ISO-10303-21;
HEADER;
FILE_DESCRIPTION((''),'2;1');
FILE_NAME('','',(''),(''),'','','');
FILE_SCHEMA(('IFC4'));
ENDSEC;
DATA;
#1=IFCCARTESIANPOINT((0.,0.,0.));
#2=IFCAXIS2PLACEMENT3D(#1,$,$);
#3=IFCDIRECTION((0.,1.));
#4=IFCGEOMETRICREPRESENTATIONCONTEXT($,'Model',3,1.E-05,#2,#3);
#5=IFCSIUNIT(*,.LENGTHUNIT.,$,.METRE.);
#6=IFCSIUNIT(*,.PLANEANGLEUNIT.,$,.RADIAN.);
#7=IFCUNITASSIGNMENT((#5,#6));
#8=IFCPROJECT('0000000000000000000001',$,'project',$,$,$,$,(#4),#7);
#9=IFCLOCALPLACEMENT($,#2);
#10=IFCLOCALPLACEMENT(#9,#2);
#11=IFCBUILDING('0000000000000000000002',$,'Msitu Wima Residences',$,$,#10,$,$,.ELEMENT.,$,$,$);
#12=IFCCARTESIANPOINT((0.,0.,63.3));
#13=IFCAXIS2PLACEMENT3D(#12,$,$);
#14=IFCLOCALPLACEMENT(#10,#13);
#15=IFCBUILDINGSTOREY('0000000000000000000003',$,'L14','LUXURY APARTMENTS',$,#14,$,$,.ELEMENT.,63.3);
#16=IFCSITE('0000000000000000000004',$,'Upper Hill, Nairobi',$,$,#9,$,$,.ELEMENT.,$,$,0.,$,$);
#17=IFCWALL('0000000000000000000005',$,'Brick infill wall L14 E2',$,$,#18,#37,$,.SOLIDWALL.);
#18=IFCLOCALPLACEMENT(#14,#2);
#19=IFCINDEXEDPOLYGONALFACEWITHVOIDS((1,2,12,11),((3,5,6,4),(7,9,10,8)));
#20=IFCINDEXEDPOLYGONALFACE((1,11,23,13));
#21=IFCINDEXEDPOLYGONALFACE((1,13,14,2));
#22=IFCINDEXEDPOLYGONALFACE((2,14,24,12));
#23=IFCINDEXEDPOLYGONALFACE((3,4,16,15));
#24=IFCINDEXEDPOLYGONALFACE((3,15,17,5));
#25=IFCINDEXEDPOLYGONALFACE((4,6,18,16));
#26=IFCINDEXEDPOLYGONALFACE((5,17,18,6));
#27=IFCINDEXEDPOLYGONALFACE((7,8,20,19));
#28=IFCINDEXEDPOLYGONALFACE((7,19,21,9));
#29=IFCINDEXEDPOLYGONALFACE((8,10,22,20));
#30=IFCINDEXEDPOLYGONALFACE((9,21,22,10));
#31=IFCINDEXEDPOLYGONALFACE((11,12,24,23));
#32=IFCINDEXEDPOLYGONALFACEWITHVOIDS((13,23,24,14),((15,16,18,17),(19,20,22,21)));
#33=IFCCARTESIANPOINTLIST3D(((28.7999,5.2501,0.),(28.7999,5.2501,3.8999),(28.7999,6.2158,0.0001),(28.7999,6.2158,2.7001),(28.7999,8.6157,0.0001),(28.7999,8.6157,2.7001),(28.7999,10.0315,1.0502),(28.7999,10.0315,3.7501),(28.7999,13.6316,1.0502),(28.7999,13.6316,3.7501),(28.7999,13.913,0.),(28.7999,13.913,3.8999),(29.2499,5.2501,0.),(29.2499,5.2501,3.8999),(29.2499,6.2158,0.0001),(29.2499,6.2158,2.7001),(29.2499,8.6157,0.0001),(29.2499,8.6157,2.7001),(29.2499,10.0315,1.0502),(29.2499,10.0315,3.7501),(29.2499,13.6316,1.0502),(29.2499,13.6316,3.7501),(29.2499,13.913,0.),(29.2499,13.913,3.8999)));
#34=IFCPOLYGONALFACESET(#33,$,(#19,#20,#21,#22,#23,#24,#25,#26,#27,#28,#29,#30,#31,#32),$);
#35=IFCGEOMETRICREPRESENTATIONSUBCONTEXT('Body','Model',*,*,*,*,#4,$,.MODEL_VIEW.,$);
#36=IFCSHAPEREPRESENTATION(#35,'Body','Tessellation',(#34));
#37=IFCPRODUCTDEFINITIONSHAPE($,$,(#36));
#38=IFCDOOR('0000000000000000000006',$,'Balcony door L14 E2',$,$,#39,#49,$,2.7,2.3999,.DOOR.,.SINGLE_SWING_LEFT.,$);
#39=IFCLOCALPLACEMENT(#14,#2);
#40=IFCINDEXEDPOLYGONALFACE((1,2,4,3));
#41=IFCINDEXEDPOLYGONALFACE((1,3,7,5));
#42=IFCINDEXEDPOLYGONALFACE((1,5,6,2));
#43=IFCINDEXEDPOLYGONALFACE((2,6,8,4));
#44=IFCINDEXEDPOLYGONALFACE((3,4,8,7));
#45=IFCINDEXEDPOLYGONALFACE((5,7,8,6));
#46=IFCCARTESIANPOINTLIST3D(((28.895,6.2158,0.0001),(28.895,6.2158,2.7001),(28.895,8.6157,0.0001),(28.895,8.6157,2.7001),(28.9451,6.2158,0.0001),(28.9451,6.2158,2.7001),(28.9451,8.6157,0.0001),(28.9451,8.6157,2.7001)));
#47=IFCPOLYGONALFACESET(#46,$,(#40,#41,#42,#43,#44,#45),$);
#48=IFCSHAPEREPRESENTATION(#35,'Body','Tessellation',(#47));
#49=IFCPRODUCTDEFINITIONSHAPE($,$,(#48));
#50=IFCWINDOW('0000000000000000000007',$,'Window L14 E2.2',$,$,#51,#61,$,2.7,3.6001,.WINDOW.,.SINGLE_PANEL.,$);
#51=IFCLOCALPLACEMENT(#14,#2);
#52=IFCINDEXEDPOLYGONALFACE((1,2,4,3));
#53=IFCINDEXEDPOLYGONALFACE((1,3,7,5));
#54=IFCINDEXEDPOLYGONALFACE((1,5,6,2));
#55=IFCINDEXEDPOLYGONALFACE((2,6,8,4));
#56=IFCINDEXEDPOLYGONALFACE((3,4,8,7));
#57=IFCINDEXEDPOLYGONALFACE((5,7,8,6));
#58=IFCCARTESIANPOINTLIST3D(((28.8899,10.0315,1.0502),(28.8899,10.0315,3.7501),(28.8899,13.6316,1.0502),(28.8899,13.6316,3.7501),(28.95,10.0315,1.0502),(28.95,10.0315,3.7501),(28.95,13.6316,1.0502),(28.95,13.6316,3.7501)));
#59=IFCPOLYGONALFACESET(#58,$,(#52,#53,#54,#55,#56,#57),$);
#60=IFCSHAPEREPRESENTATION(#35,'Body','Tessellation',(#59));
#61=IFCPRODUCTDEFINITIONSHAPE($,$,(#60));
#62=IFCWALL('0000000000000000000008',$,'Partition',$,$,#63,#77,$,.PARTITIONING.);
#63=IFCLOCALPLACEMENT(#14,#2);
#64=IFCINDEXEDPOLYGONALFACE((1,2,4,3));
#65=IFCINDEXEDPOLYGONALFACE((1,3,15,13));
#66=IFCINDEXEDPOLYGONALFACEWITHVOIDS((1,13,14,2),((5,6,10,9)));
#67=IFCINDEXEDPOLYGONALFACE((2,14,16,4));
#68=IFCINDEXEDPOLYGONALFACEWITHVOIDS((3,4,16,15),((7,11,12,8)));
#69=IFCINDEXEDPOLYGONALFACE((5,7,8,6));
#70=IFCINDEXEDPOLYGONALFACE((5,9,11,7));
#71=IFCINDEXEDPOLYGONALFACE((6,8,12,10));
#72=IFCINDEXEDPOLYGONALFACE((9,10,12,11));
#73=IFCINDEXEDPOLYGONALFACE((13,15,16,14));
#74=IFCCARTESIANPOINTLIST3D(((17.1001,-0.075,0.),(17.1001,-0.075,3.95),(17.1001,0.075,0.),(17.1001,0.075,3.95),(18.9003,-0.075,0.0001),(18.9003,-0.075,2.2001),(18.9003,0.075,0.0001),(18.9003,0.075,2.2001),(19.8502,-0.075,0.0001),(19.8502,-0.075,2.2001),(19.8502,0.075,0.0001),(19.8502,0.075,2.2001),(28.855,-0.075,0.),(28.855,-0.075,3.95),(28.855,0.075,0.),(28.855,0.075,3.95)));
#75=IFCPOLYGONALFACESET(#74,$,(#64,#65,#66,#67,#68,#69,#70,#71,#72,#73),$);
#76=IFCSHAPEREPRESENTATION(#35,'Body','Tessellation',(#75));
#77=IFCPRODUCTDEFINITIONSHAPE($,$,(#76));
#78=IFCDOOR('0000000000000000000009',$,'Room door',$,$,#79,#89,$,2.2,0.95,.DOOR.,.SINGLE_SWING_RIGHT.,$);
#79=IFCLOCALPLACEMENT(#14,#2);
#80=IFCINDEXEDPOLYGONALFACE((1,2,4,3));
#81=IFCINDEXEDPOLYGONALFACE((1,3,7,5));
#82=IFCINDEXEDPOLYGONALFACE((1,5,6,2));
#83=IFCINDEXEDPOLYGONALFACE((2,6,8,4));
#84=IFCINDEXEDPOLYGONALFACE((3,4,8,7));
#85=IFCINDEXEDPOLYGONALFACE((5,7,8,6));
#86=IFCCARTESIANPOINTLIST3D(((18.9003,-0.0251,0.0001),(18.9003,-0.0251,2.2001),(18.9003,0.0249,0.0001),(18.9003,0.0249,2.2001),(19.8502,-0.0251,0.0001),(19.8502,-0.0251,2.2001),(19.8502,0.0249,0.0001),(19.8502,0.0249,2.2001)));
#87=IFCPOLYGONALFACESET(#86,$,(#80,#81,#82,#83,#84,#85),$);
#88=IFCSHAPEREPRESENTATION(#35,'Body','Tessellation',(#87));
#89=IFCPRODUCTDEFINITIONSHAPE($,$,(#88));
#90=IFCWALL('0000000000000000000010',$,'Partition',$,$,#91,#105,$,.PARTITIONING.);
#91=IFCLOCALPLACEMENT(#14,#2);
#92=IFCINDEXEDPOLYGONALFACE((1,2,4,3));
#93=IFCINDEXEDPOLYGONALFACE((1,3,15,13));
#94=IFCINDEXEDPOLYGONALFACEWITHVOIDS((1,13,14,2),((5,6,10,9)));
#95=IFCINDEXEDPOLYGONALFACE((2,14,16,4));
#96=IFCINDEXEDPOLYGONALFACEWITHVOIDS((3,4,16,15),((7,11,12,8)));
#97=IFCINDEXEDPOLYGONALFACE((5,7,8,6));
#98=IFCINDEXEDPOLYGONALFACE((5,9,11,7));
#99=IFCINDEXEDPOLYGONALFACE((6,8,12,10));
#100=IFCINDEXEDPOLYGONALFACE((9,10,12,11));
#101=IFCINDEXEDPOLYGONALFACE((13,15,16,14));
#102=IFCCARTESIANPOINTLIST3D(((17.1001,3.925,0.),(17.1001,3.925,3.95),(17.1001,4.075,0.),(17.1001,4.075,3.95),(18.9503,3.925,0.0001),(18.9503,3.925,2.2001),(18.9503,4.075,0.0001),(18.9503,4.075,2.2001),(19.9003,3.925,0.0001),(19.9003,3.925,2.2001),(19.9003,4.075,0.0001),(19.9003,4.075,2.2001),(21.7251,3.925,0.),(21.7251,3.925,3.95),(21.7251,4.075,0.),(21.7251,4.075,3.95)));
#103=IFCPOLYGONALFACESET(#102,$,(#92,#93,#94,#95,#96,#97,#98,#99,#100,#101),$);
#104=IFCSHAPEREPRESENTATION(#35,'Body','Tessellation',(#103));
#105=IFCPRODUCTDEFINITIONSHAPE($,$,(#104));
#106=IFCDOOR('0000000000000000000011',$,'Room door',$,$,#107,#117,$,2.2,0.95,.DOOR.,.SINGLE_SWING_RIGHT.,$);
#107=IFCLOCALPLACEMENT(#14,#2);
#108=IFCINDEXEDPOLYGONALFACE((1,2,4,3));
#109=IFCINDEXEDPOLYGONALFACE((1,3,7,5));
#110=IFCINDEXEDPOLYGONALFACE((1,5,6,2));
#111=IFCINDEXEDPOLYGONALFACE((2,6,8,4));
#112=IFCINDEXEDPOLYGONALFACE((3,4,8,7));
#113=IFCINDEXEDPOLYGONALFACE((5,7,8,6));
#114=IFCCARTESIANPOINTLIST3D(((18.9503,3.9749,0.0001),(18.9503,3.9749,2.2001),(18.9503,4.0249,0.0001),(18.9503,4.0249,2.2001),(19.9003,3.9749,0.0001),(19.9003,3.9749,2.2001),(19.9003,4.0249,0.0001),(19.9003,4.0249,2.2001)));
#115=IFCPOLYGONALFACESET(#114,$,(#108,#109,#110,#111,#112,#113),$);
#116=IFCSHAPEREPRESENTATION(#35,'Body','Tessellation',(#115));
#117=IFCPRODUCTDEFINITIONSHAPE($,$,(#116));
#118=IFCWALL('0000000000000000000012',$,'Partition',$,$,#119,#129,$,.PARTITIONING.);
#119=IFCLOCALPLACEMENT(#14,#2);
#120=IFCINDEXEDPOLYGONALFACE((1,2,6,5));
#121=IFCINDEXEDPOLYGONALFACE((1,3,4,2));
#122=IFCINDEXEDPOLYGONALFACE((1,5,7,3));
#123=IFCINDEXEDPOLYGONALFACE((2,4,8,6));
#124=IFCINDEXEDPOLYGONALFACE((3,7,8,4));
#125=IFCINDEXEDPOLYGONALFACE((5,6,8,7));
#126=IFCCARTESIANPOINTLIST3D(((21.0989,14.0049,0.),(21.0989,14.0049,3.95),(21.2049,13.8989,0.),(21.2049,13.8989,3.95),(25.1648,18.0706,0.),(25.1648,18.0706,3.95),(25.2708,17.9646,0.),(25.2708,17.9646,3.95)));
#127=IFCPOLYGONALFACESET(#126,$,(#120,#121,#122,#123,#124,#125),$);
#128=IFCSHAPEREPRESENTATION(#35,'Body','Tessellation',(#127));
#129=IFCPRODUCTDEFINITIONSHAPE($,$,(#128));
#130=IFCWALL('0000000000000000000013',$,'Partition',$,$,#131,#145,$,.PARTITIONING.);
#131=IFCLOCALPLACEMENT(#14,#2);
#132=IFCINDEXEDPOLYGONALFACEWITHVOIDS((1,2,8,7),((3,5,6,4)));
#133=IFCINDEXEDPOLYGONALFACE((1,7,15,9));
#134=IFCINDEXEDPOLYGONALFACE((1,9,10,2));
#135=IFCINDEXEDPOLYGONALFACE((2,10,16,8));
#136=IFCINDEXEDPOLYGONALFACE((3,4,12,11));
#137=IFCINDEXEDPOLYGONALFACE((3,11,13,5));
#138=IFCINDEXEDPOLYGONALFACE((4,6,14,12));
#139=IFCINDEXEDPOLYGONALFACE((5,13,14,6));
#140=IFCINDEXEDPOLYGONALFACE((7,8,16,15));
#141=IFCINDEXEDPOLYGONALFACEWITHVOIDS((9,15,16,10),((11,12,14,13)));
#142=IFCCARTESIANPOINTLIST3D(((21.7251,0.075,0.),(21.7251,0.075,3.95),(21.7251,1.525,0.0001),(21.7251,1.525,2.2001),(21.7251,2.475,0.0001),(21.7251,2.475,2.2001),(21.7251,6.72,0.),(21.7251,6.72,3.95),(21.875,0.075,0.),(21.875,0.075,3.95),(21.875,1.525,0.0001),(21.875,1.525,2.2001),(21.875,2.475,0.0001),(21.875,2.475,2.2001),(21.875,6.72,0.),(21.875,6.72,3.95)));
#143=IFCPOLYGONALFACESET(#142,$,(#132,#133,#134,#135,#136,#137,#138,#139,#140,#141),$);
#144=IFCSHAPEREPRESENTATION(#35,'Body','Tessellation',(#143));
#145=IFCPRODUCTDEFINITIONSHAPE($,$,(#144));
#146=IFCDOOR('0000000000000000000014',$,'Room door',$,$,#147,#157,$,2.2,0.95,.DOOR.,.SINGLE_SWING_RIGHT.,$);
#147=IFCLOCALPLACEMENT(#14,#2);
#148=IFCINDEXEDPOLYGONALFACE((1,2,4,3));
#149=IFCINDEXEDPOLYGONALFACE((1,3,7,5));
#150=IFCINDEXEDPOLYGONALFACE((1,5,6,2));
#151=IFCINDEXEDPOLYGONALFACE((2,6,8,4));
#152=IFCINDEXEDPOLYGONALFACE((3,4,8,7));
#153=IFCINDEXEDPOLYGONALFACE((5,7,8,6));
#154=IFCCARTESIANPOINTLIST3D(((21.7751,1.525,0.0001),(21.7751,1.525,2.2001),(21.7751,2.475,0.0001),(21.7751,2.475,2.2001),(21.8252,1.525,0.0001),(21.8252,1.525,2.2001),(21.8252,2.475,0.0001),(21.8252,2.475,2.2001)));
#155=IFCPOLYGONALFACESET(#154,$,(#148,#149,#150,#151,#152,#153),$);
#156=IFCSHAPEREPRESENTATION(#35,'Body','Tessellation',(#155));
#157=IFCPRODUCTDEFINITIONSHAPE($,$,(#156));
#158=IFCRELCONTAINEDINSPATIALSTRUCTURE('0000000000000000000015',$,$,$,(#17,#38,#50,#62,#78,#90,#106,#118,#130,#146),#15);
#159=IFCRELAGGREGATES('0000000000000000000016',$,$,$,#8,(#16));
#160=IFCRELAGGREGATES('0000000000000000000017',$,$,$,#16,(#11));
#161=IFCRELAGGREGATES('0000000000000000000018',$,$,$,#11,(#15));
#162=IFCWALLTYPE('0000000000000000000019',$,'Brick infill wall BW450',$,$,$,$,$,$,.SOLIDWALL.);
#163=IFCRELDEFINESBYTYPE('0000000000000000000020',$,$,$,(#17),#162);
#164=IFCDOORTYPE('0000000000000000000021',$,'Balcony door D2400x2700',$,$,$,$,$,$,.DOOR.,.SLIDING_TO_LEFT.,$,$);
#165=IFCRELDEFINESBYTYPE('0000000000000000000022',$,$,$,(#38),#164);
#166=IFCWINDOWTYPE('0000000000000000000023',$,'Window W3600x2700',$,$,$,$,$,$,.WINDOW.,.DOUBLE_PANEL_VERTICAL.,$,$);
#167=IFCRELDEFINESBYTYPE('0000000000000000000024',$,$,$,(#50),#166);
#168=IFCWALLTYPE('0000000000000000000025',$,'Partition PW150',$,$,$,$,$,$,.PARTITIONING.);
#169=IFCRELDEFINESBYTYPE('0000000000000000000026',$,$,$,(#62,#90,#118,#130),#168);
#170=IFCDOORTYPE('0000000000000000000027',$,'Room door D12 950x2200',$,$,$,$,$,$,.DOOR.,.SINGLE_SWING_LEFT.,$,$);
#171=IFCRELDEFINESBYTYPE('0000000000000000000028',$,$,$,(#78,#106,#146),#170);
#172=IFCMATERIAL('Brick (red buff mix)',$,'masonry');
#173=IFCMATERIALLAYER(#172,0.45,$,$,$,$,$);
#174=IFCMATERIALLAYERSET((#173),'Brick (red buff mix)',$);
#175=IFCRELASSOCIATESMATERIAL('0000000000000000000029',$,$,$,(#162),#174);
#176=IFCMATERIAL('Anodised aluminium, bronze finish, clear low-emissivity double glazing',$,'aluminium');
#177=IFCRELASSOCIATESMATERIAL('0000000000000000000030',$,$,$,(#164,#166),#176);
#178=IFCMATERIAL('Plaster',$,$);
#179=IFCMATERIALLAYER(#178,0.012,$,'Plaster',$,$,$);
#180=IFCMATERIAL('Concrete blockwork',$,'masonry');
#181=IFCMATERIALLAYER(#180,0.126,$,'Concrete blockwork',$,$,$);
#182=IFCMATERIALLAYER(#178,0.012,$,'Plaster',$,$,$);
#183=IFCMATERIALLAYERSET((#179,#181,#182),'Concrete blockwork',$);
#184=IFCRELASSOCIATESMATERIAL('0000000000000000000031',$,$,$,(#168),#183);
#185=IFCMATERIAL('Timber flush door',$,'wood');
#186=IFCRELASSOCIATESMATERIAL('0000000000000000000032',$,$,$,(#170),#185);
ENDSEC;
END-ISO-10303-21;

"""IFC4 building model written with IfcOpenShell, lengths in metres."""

from ifc_helpers import new_model, si_unit, direction, frame, frame_2d, origin, place, context, subcontext, project, spatial, rectangle, extrude, material, layer, layer_set, type_object, element, fill, save


model = new_model("IFC4")

# Units and contexts
model_context = context("Model", 3, precision=1e-05, world=origin(), true_north=direction((0.0, 1.0)))
body_context = subcontext(model_context, "Body", "Model", "MODEL_VIEW")
ifc_project = project(units=[si_unit("LENGTHUNIT", "METRE"), si_unit("PLANEANGLEUNIT", "RADIAN")], contexts=[model_context])

# Site, building, storey
site_placement = place(None, origin())
site = spatial("IfcSite", under=ifc_project, at=site_placement, Name="Upper Hill, Nairobi", CompositionType="ELEMENT", RefElevation=0.0)
building_placement = place(site_placement, origin())
building = spatial("IfcBuilding", under=site, at=building_placement, Name="Msitu Wima Residences", CompositionType="ELEMENT")
storey_placement = place(building_placement, frame((0.0, 0.0, 63.3)))
storey = spatial("IfcBuildingStorey", under=building, at=storey_placement, Name="L14", Description="LUXURY APARTMENTS", CompositionType="ELEMENT", Elevation=63.3)

# Wall, openings, door, window
ifc_material_1 = material(Name="Brick (red buff mix)", Category="masonry")
ifc_layer_1 = layer(ifc_material_1, 0.45)
ifc_layer_set_1 = layer_set([ifc_layer_1], Name="Brick (red buff mix)")
wall_type_1 = type_object("IfcWallType", Name="Brick infill wall BW450", PredefinedType="SOLIDWALL", material=ifc_layer_set_1)
wall_1_placement = place(storey_placement, frame((29.0249, 5.25, 0.0), z_axis=(0.0, 0.0, 1.0), x_axis=(0.0, 1.0, 0.0)))
wall_1 = element("IfcWall", 1, at=wall_1_placement, inside=storey, type_object=wall_type_1, Name="Brick infill wall L14 E2", PredefinedType="SOLIDWALL", context=body_context, shape_type="SweptSolid", body=[
    extrude(rectangle(XDim=8.6628, YDim=0.45, at=frame_2d((4.3315, 0.0))), origin(), (0.0, 0.0, 1.0), 3.8999),
])
opening_1_placement = place(wall_1_placement, frame((0.9658, 0.0, 0.0)))
opening_1 = element("IfcOpeningElement", 2, at=opening_1_placement, cuts=wall_1, PredefinedType="OPENING", context=body_context, shape_type="SweptSolid", body=[
    extrude(rectangle(XDim=2.3999, YDim=2.7, at=frame_2d((1.2, 1.3501))), frame((0.0, 0.2349, 0.0), z_axis=(0.0, -1.0, 0.0), x_axis=(1.0, 0.0, 0.0)), (0.0, 0.0, 1.0), 0.47),
])
opening_2_placement = place(wall_1_placement, frame((4.7815, 0.0, 1.05)))
opening_2 = element("IfcOpeningElement", 3, at=opening_2_placement, cuts=wall_1, PredefinedType="OPENING", context=body_context, shape_type="SweptSolid", body=[
    extrude(rectangle(XDim=3.6001, YDim=2.7, at=frame_2d((1.8, 1.3501))), frame((0.0, 0.2349, 0.0), z_axis=(0.0, -1.0, 0.0), x_axis=(1.0, 0.0, 0.0)), (0.0, 0.0, 1.0), 0.47),
])
ifc_material_2 = material(Name="Anodised aluminium, bronze finish, clear low-emissivity double glazing", Category="aluminium")
door_type_1 = type_object("IfcDoorType", Name="Balcony door D2400x2700", OperationType="SLIDING_TO_LEFT", PredefinedType="DOOR", material=ifc_material_2)
door_1_placement = place(opening_1_placement, origin())
door_1 = element("IfcDoor", 4, at=door_1_placement, inside=storey, type_object=door_type_1, Name="Balcony door L14 E2", OperationType="SINGLE_SWING_LEFT", OverallHeight=2.7, OverallWidth=2.3999, PredefinedType="DOOR", context=body_context, shape_type="SweptSolid", body=[
    extrude(rectangle(XDim=2.3999, YDim=2.7, at=frame_2d((1.2, 1.3501))), frame((0.0, 0.1299, 0.0), z_axis=(0.0, -1.0, 0.0), x_axis=(1.0, 0.0, 0.0)), (0.0, 0.0, 1.0), 0.05),
])
fill(opening_1, door_1)
window_type = type_object("IfcWindowType", Name="Window W3600x2700", PartitioningType="DOUBLE_PANEL_VERTICAL", PredefinedType="WINDOW", material=ifc_material_2)
window_placement = place(opening_2_placement, origin())
window = element("IfcWindow", 5, at=window_placement, inside=storey, type_object=window_type, Name="Window L14 E2.2", OverallHeight=2.7, OverallWidth=3.6001, PartitioningType="SINGLE_PANEL", PredefinedType="WINDOW", context=body_context, shape_type="SweptSolid", body=[
    extrude(rectangle(XDim=3.6001, YDim=2.7, at=frame_2d((1.8, 1.3501))), frame((0.0, 0.135, 0.0), z_axis=(0.0, -1.0, 0.0), x_axis=(1.0, 0.0, 0.0)), (0.0, 0.0, 1.0), 0.0601),
])
fill(opening_2, window)

# Walls, openings, doors
ifc_material_3 = material(Name="Plaster")
ifc_layer_2 = layer(ifc_material_3, 0.012, Name="Plaster")
ifc_material_4 = material(Name="Concrete blockwork", Category="masonry")
ifc_layer_3 = layer(ifc_material_4, 0.126, Name="Concrete blockwork")
ifc_layer_4 = layer(ifc_material_3, 0.012, Name="Plaster")
ifc_layer_set_2 = layer_set([ifc_layer_2, ifc_layer_3, ifc_layer_4], Name="Concrete blockwork")
wall_type_2 = type_object("IfcWallType", Name="Partition PW150", PredefinedType="PARTITIONING", material=ifc_layer_set_2)
wall_2_placement = place(storey_placement, frame((17.1001, 0.0, 0.0), z_axis=(0.0, 0.0, 1.0), x_axis=(1.0, 0.0, 0.0)))
wall_2 = element("IfcWall", 6, at=wall_2_placement, inside=storey, type_object=wall_type_2, Name="Partition", PredefinedType="PARTITIONING", context=body_context, shape_type="SweptSolid", body=[
    extrude(rectangle(XDim=11.7549, YDim=0.1499, at=frame_2d((5.8774, 0.0))), origin(), (0.0, 0.0, 1.0), 3.95),
])
opening_3_placement = place(wall_2_placement, frame((1.8, 0.0, 0.0)))
opening_3 = element("IfcOpeningElement", 7, at=opening_3_placement, cuts=wall_2, PredefinedType="OPENING", context=body_context, shape_type="SweptSolid", body=[
    extrude(rectangle(XDim=0.95, YDim=2.2, at=frame_2d((0.4751, 1.1001))), frame((0.0, 0.085, 0.0), z_axis=(0.0, -1.0, 0.0), x_axis=(1.0, 0.0, 0.0)), (0.0, 0.0, 1.0), 0.1699),
])
ifc_material_5 = material(Name="Timber flush door", Category="wood")
door_type_2 = type_object("IfcDoorType", Name="Room door D12 950x2200", OperationType="SINGLE_SWING_LEFT", PredefinedType="DOOR", material=ifc_material_5)
door_2_placement = place(opening_3_placement, origin())
door_2 = element("IfcDoor", 8, at=door_2_placement, inside=storey, type_object=door_type_2, Name="Room door", OperationType="SINGLE_SWING_RIGHT", OverallHeight=2.2, OverallWidth=0.95, PredefinedType="DOOR", context=body_context, shape_type="SweptSolid", body=[
    extrude(rectangle(XDim=0.95, YDim=2.2, at=frame_2d((0.4751, 1.1001))), frame((0.0, 0.0249, 0.0), z_axis=(0.0, -1.0, 0.0), x_axis=(1.0, 0.0, 0.0)), (0.0, 0.0, 1.0), 0.05),
])
fill(opening_3, door_2)
wall_3_placement = place(storey_placement, frame((17.1001, 4.0, 0.0), z_axis=(0.0, 0.0, 1.0), x_axis=(1.0, 0.0, 0.0)))
wall_3 = element("IfcWall", 9, at=wall_3_placement, inside=storey, type_object=wall_type_2, Name="Partition", PredefinedType="PARTITIONING", context=body_context, shape_type="SweptSolid", body=[
    extrude(rectangle(XDim=4.625, YDim=0.1499, at=frame_2d((2.3125, 0.0))), origin(), (0.0, 0.0, 1.0), 3.95),
])
opening_4_placement = place(wall_3_placement, frame((1.8501, 0.0, 0.0)))
opening_4 = element("IfcOpeningElement", 10, at=opening_4_placement, cuts=wall_3, PredefinedType="OPENING", context=body_context, shape_type="SweptSolid", body=[
    extrude(rectangle(XDim=0.95, YDim=2.2, at=frame_2d((0.4751, 1.1001))), frame((0.0, 0.085, 0.0), z_axis=(0.0, -1.0, 0.0), x_axis=(1.0, 0.0, 0.0)), (0.0, 0.0, 1.0), 0.1699),
])
door_3_placement = place(opening_4_placement, origin())
door_3 = element("IfcDoor", 11, at=door_3_placement, inside=storey, type_object=door_type_2, Name="Room door", OperationType="SINGLE_SWING_RIGHT", OverallHeight=2.2, OverallWidth=0.95, PredefinedType="DOOR", context=body_context, shape_type="SweptSolid", body=[
    extrude(rectangle(XDim=0.95, YDim=2.2, at=frame_2d((0.4751, 1.1001))), frame((0.0, 0.0249, 0.0), z_axis=(0.0, -1.0, 0.0), x_axis=(1.0, 0.0, 0.0)), (0.0, 0.0, 1.0), 0.05),
])
fill(opening_4, door_3)

# Wall
wall_4_placement = place(storey_placement, frame((21.1519, 13.9519, 0.0), z_axis=(0.0, 0.0, 1.0), x_axis=(0.707128, 0.707086, 0.0)))
element("IfcWall", 12, at=wall_4_placement, inside=storey, type_object=wall_type_2, Name="Partition", PredefinedType="PARTITIONING", context=body_context, shape_type="SweptSolid", body=[
    extrude(rectangle(XDim=5.75, YDim=0.1499, at=frame_2d((2.875, 0.0))), origin(), (0.0, 0.0, 1.0), 3.95),
])

# Wall, opening, door
wall_5_placement = place(storey_placement, frame((21.8, 0.075, 0.0), z_axis=(0.0, 0.0, 1.0), x_axis=(0.0, 1.0, 0.0)))
wall_5 = element("IfcWall", 13, at=wall_5_placement, inside=storey, type_object=wall_type_2, Name="Partition", PredefinedType="PARTITIONING", context=body_context, shape_type="SweptSolid", body=[
    extrude(rectangle(XDim=6.645, YDim=0.1499, at=frame_2d((3.3225, 0.0))), origin(), (0.0, 0.0, 1.0), 3.95),
])
opening_5_placement = place(wall_5_placement, frame((1.45, 0.0, 0.0)))
opening_5 = element("IfcOpeningElement", 14, at=opening_5_placement, cuts=wall_5, PredefinedType="OPENING", context=body_context, shape_type="SweptSolid", body=[
    extrude(rectangle(XDim=0.95, YDim=2.2, at=frame_2d((0.4751, 1.1001))), frame((0.0, 0.085, 0.0), z_axis=(0.0, -1.0, 0.0), x_axis=(1.0, 0.0, 0.0)), (0.0, 0.0, 1.0), 0.1699),
])
door_4_placement = place(opening_5_placement, origin())
door_4 = element("IfcDoor", 15, at=door_4_placement, inside=storey, type_object=door_type_2, Name="Room door", OperationType="SINGLE_SWING_RIGHT", OverallHeight=2.2, OverallWidth=0.95, PredefinedType="DOOR", context=body_context, shape_type="SweptSolid", body=[
    extrude(rectangle(XDim=0.95, YDim=2.2, at=frame_2d((0.4751, 1.1001))), frame((0.0, 0.0249, 0.0), z_axis=(0.0, -1.0, 0.0), x_axis=(1.0, 0.0, 0.0)), (0.0, 0.0, 1.0), 0.05),
])
fill(opening_5, door_4)

save(model, "model.ifc")
